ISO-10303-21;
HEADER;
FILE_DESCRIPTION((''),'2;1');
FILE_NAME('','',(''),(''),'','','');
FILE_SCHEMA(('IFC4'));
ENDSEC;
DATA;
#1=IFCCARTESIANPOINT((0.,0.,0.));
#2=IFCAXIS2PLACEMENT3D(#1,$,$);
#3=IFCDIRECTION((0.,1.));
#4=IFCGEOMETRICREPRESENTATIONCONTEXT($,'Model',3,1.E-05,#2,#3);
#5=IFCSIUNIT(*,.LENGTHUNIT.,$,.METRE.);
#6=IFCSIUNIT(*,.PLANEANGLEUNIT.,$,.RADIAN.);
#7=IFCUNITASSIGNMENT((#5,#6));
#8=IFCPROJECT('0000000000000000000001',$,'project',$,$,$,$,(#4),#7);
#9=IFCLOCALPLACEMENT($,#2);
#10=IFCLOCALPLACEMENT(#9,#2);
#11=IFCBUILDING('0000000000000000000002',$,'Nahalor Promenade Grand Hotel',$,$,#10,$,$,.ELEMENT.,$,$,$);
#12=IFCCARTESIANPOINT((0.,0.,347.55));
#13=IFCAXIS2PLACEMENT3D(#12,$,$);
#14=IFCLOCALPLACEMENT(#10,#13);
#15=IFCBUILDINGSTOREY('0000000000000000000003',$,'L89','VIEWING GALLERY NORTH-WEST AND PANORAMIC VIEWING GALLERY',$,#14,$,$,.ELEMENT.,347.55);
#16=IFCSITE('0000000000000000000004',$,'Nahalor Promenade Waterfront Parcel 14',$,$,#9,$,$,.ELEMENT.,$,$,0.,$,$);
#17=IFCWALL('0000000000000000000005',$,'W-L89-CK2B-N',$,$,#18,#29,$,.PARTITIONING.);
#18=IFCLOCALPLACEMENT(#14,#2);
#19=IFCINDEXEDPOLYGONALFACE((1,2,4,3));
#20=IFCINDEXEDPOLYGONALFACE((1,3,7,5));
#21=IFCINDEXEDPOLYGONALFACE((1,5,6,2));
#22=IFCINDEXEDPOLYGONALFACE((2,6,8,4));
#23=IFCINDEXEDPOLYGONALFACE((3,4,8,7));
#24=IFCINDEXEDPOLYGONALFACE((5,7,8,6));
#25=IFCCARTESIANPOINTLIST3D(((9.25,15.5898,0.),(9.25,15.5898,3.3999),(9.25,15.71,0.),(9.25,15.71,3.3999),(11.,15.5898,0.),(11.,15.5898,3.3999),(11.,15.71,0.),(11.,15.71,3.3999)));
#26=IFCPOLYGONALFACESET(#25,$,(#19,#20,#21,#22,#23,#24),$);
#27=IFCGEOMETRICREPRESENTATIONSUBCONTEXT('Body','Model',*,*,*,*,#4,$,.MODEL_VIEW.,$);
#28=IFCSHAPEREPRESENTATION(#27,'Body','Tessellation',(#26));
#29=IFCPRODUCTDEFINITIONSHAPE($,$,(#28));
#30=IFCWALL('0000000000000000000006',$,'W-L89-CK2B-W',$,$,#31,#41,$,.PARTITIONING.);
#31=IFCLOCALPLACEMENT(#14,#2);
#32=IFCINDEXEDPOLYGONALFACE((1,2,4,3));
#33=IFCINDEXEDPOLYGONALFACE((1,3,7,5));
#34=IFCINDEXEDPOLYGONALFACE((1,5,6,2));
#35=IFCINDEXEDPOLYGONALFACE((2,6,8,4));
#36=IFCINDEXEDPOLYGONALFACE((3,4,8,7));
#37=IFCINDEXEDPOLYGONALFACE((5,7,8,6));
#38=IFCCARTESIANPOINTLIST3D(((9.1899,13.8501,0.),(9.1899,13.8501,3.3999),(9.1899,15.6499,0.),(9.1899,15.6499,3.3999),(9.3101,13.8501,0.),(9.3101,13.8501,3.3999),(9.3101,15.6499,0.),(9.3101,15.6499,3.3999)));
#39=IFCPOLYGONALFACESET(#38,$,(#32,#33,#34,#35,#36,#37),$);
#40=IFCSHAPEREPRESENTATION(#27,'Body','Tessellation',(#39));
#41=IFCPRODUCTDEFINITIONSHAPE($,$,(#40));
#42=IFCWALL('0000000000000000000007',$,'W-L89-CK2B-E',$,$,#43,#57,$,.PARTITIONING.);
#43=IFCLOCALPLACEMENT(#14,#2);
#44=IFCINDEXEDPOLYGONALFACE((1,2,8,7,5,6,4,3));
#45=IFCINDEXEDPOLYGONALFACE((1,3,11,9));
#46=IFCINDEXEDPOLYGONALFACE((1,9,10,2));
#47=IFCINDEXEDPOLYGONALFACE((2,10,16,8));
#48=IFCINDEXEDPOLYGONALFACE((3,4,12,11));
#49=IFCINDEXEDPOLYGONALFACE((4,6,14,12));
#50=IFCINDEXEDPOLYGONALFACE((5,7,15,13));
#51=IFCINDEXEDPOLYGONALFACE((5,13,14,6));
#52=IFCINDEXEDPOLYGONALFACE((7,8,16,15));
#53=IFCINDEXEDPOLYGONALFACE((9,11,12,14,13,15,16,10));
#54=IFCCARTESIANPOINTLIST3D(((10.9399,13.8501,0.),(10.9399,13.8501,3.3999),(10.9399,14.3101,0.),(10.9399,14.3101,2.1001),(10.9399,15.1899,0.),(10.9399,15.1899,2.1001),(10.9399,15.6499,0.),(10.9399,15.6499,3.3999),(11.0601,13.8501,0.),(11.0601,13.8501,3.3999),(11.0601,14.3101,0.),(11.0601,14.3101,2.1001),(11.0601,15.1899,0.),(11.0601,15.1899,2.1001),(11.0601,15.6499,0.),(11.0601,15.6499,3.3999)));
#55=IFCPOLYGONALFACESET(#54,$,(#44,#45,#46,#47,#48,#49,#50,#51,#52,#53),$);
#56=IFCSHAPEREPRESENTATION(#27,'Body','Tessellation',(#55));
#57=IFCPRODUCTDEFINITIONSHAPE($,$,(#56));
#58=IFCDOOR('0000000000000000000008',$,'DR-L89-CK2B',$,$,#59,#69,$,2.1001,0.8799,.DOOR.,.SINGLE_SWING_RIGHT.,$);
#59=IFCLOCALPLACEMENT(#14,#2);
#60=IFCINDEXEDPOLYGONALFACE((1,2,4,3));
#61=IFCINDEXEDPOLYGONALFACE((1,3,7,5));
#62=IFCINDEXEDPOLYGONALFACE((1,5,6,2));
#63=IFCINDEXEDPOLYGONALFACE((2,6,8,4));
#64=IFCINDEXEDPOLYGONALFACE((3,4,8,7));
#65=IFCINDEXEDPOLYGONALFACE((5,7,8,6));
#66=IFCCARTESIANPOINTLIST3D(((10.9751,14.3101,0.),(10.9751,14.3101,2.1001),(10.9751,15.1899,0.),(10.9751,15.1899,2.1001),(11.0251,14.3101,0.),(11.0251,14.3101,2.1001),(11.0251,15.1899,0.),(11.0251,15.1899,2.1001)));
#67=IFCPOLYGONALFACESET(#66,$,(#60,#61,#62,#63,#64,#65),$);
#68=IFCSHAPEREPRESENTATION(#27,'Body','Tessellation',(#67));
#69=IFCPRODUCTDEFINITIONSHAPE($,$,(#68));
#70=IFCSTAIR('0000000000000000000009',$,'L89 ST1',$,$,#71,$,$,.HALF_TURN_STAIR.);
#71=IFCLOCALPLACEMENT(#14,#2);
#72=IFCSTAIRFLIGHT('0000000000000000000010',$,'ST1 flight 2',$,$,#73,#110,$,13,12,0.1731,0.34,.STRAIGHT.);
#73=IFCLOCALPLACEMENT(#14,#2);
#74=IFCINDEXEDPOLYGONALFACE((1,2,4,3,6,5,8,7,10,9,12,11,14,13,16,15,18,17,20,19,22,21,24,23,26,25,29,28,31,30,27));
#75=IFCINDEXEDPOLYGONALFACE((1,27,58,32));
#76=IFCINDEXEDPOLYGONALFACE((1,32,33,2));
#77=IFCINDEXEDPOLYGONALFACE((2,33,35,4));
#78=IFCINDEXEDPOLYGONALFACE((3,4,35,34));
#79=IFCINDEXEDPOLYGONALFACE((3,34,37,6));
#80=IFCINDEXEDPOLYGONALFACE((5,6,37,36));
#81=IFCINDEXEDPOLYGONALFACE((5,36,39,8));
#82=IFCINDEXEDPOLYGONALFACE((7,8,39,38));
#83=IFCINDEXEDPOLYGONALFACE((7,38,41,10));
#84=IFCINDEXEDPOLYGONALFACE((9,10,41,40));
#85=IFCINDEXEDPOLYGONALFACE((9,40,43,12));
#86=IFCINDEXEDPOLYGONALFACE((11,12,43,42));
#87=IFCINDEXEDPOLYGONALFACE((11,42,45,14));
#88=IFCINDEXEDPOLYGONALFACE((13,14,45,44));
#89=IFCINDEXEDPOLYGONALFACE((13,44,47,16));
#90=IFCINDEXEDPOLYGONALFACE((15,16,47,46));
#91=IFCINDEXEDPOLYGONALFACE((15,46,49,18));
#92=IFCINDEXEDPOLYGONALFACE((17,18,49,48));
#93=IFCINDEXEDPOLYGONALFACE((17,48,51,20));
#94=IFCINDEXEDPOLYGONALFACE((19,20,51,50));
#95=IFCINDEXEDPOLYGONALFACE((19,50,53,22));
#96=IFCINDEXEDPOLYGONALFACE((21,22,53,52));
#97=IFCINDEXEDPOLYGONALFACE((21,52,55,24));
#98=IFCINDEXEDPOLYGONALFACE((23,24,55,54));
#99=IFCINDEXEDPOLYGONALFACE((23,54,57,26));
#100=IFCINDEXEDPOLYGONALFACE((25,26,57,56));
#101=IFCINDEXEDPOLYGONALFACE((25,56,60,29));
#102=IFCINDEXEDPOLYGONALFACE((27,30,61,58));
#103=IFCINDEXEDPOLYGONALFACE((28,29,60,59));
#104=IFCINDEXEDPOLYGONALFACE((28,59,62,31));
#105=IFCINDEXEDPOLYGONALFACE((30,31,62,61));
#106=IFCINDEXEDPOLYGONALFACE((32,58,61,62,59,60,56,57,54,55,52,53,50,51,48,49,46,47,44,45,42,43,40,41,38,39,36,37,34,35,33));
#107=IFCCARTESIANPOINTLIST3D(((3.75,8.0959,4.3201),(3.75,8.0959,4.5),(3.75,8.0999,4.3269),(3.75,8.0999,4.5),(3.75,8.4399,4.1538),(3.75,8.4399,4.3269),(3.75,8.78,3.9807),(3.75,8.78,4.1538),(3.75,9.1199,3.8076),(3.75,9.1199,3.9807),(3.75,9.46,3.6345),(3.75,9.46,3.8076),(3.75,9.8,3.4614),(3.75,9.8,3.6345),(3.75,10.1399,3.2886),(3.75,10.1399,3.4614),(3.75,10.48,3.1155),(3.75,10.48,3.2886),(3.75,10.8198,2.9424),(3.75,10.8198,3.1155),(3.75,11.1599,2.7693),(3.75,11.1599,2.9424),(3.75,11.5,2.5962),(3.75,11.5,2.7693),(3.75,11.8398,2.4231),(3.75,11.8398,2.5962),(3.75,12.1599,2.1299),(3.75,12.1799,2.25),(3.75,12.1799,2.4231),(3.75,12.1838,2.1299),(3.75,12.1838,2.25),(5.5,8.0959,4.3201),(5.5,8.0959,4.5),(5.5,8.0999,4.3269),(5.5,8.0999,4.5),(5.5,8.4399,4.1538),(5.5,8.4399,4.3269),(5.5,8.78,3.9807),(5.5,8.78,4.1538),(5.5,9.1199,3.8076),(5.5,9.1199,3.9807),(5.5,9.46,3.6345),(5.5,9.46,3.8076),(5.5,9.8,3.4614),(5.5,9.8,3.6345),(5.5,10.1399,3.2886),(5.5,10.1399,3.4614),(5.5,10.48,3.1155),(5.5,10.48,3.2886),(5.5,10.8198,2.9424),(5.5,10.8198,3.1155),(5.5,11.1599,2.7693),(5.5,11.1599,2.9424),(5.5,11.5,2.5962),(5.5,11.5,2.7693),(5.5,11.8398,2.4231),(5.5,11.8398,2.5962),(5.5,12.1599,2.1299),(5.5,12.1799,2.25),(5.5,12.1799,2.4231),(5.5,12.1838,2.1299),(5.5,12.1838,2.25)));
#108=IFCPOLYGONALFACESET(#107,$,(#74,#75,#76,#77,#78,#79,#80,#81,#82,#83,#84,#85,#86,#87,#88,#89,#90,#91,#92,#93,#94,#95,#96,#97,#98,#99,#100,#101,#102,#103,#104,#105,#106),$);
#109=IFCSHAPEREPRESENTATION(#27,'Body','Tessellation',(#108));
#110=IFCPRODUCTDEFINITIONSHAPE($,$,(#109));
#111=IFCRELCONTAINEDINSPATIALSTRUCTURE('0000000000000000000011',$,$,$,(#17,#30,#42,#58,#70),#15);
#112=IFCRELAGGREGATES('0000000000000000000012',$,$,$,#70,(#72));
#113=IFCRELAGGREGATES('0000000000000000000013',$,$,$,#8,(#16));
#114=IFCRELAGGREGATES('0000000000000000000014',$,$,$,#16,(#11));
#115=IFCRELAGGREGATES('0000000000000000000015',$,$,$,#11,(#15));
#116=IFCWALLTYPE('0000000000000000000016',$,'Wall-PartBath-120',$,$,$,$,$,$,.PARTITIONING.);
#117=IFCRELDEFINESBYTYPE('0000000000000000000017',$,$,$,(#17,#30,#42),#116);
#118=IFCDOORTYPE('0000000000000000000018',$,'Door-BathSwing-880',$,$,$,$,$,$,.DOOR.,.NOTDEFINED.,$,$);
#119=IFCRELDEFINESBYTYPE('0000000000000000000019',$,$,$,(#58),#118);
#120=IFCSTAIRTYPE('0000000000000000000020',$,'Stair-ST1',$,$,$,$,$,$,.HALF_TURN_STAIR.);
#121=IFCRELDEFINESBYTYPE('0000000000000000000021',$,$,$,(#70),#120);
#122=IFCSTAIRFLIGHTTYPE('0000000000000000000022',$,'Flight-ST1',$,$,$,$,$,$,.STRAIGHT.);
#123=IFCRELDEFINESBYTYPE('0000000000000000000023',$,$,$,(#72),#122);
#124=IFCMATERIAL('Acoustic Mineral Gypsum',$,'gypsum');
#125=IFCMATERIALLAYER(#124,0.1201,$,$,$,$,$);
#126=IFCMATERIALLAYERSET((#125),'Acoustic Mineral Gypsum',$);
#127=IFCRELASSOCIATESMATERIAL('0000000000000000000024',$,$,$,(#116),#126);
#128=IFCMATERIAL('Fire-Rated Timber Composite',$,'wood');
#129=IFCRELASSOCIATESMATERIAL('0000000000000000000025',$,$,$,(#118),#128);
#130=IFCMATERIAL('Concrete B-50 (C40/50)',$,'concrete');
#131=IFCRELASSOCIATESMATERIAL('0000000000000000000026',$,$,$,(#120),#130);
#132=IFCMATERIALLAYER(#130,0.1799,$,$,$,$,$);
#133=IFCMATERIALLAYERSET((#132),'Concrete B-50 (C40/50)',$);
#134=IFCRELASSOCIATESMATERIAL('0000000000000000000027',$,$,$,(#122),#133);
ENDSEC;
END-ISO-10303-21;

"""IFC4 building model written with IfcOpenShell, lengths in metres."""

from ifc_helpers import new_model, si_unit, direction, frame, frame_2d, origin, place, context, subcontext, project, spatial, polyline, rectangle, outline, extrude, source, transform, mapped, material, layer, layer_set, type_object, element, fill, aggregate, save


model = new_model("IFC4")

# Units and contexts
model_context = context("Model", 3, precision=1e-05, world=origin(), true_north=direction((0.0, 1.0)))
body_context = subcontext(model_context, "Body", "Model", "MODEL_VIEW")
ifc_project = project(units=[si_unit("LENGTHUNIT", "METRE"), si_unit("PLANEANGLEUNIT", "RADIAN")], contexts=[model_context])

# Site, building, storey
site_placement = place(None, origin())
site = spatial("IfcSite", under=ifc_project, at=site_placement, Name="Nahalor Promenade Waterfront Parcel 14", CompositionType="ELEMENT", RefElevation=0.0)
building_placement = place(site_placement, origin())
building = spatial("IfcBuilding", under=site, at=building_placement, Name="Nahalor Promenade Grand Hotel", CompositionType="ELEMENT")
storey_placement = place(building_placement, frame((0.0, 0.0, 347.55)))
storey = spatial("IfcBuildingStorey", under=building, at=storey_placement, Name="L89", Description="VIEWING GALLERY NORTH-WEST AND PANORAMIC VIEWING GALLERY", CompositionType="ELEMENT", Elevation=347.55)

# Shared definitions
ifc_material_1 = material(Name="Concrete B-50 (C40/50)", Category="concrete")

# Walls
ifc_material_2 = material(Name="Acoustic Mineral Gypsum", Category="gypsum")
ifc_layer_1 = layer(ifc_material_2, 0.1201)
ifc_layer_set_1 = layer_set([ifc_layer_1], Name="Acoustic Mineral Gypsum")
wall_type_1 = type_object("IfcWallType", Name="Wall-PartBath-120", PredefinedType="PARTITIONING", material=ifc_layer_set_1)
shared_shape_1 = source(origin(), body_context, "Body", "SweptSolid", [
    extrude(rectangle(XDim=1.75, YDim=0.1201, at=frame_2d((0.875, 0.0))), origin(), (0.0, 0.0, 1.0), 3.3999),
])
wall_1_placement = place(storey_placement, frame((9.25, 15.6499, 0.0), z_axis=(0.0, 0.0, 1.0), x_axis=(1.0, 0.0, 0.0)))
element("IfcWall", 1, at=wall_1_placement, inside=storey, type_object=wall_type_1, Name="W-L89-CK2B-N", PredefinedType="PARTITIONING", context=body_context, shape_type="MappedRepresentation", body=[
    mapped(shared_shape_1, transform((0.0, 0.0, 0.0), scale=1.0)),
])
shared_shape_2 = source(origin(), body_context, "Body", "SweptSolid", [
    extrude(rectangle(XDim=1.7998, YDim=0.1201, at=frame_2d((0.8999, 0.0))), origin(), (0.0, 0.0, 1.0), 3.3999),
])
wall_2_placement = place(storey_placement, frame((9.25, 13.8501, 0.0), z_axis=(0.0, 0.0, 1.0), x_axis=(0.0, 1.0, 0.0)))
element("IfcWall", 2, at=wall_2_placement, inside=storey, type_object=wall_type_1, Name="W-L89-CK2B-W", PredefinedType="PARTITIONING", context=body_context, shape_type="MappedRepresentation", body=[
    mapped(shared_shape_2, transform((0.0, 0.0, 0.0), scale=1.0)),
])

# Wall, opening, door
wall_3_placement = place(storey_placement, frame((11.0, 13.8501, 0.0), z_axis=(0.0, 0.0, 1.0), x_axis=(0.0, 1.0, 0.0)))
wall_3 = element("IfcWall", 3, at=wall_3_placement, inside=storey, type_object=wall_type_1, Name="W-L89-CK2B-E", PredefinedType="PARTITIONING", context=body_context, shape_type="MappedRepresentation", body=[
    mapped(shared_shape_2, transform((0.0, 0.0, 0.0), scale=1.0)),
])
opening_1_placement = place(wall_3_placement, frame((0.46, 0.0, 0.0)))
opening_1 = element("IfcOpeningElement", 4, at=opening_1_placement, cuts=wall_3, PredefinedType="OPENING", context=body_context, shape_type="SweptSolid", body=[
    extrude(rectangle(XDim=0.8799, YDim=2.1001, at=frame_2d((0.4399, 1.05))), frame((0.0, 0.0701, 0.0), z_axis=(0.0, -1.0, 0.0), x_axis=(1.0, 0.0, 0.0)), (0.0, 0.0, 1.0), 0.1401),
])
ifc_material_3 = material(Name="Fire-Rated Timber Composite", Category="wood")
door_type_1 = type_object("IfcDoorType", Name="Door-BathSwing-880", OperationType="NOTDEFINED", PredefinedType="DOOR", material=ifc_material_3)
shared_shape_3 = source(origin(), body_context, "Body", "SweptSolid", [
    extrude(rectangle(XDim=0.8799, YDim=2.1001, at=frame_2d((0.4399, 1.05))), frame((0.0, 0.0249, 0.0), z_axis=(0.0, -1.0, 0.0), x_axis=(1.0, 0.0, 0.0)), (0.0, 0.0, 1.0), 0.05),
])
door_1_placement = place(opening_1_placement, origin())
door_1 = element("IfcDoor", 5, at=door_1_placement, inside=storey, type_object=door_type_1, Name="DR-L89-CK2B", OperationType="SINGLE_SWING_RIGHT", OverallHeight=2.1001, OverallWidth=0.8799, PredefinedType="DOOR", context=body_context, shape_type="MappedRepresentation", body=[
    mapped(shared_shape_3, transform((0.0, 0.0, 0.0), scale=1.0)),
])
fill(opening_1, door_1)

# Stair, stair flight
stair_type = type_object("IfcStairType", Name="Stair-ST1", PredefinedType="HALF_TURN_STAIR", material=ifc_material_1)
stair_placement = place(storey_placement, origin())
stair = element("IfcStair", 6, at=stair_placement, inside=storey, type_object=stair_type, Name="L89 ST1", PredefinedType="HALF_TURN_STAIR")
ifc_layer_2 = layer(ifc_material_1, 0.1799)
ifc_layer_set_2 = layer_set([ifc_layer_2], Name="Concrete B-50 (C40/50)")
stair_flight_type = type_object("IfcStairFlightType", Name="Flight-ST1", PredefinedType="STRAIGHT", material=ifc_layer_set_2)
shared_shape_4 = source(origin(), body_context, "Body", "SweptSolid", [
    extrude(outline(polyline([(-0.0039, -0.1201), (-0.0039, 0.0), (0.0, 0.0), (0.0, 0.1731), (0.3401, 0.1731), (0.3401, 0.3462), (0.6799, 0.3462), (0.6799, 0.5193), (1.02, 0.5193), (1.02, 0.6924), (1.3601, 0.6924), (1.3601, 0.8655), (1.7, 0.8655), (1.7, 1.0386), (2.04, 1.0386), (2.04, 1.2114), (2.3799, 1.2114), (2.3799, 1.3845), (2.72, 1.3845), (2.72, 1.5576), (3.0601, 1.5576), (3.0601, 1.7307), (3.3999, 1.7307), (3.3999, 1.9038), (3.74, 1.9038), (3.74, 2.0769), (4.0801, 2.0769), (4.0801, 2.25), (4.084, 2.25), (4.084, 2.0701), (0.02, -0.1201), (-0.0039, -0.1201)])), frame((0.0, 0.875, 0.0), z_axis=(0.0, -1.0, 0.0), x_axis=(1.0, 0.0, 0.0)), (0.0, 0.0, 1.0), 1.75),
])
stair_flight_placement = place(storey_placement, frame((4.625, 12.1799, 2.25), z_axis=(0.0, 0.0, 1.0), x_axis=(0.0, -1.0, 0.0)))
stair_flight = element("IfcStairFlight", 7, at=stair_flight_placement, type_object=stair_flight_type, Name="ST1 flight 2", NumberOfRisers=13, NumberOfTreads=12, PredefinedType="STRAIGHT", RiserHeight=0.1731, TreadLength=0.34, context=body_context, shape_type="MappedRepresentation", body=[
    mapped(shared_shape_4, transform((0.0, 0.0, 0.0), scale=1.0)),
])
aggregate(stair, [stair_flight])

save(model, "model.ifc")
